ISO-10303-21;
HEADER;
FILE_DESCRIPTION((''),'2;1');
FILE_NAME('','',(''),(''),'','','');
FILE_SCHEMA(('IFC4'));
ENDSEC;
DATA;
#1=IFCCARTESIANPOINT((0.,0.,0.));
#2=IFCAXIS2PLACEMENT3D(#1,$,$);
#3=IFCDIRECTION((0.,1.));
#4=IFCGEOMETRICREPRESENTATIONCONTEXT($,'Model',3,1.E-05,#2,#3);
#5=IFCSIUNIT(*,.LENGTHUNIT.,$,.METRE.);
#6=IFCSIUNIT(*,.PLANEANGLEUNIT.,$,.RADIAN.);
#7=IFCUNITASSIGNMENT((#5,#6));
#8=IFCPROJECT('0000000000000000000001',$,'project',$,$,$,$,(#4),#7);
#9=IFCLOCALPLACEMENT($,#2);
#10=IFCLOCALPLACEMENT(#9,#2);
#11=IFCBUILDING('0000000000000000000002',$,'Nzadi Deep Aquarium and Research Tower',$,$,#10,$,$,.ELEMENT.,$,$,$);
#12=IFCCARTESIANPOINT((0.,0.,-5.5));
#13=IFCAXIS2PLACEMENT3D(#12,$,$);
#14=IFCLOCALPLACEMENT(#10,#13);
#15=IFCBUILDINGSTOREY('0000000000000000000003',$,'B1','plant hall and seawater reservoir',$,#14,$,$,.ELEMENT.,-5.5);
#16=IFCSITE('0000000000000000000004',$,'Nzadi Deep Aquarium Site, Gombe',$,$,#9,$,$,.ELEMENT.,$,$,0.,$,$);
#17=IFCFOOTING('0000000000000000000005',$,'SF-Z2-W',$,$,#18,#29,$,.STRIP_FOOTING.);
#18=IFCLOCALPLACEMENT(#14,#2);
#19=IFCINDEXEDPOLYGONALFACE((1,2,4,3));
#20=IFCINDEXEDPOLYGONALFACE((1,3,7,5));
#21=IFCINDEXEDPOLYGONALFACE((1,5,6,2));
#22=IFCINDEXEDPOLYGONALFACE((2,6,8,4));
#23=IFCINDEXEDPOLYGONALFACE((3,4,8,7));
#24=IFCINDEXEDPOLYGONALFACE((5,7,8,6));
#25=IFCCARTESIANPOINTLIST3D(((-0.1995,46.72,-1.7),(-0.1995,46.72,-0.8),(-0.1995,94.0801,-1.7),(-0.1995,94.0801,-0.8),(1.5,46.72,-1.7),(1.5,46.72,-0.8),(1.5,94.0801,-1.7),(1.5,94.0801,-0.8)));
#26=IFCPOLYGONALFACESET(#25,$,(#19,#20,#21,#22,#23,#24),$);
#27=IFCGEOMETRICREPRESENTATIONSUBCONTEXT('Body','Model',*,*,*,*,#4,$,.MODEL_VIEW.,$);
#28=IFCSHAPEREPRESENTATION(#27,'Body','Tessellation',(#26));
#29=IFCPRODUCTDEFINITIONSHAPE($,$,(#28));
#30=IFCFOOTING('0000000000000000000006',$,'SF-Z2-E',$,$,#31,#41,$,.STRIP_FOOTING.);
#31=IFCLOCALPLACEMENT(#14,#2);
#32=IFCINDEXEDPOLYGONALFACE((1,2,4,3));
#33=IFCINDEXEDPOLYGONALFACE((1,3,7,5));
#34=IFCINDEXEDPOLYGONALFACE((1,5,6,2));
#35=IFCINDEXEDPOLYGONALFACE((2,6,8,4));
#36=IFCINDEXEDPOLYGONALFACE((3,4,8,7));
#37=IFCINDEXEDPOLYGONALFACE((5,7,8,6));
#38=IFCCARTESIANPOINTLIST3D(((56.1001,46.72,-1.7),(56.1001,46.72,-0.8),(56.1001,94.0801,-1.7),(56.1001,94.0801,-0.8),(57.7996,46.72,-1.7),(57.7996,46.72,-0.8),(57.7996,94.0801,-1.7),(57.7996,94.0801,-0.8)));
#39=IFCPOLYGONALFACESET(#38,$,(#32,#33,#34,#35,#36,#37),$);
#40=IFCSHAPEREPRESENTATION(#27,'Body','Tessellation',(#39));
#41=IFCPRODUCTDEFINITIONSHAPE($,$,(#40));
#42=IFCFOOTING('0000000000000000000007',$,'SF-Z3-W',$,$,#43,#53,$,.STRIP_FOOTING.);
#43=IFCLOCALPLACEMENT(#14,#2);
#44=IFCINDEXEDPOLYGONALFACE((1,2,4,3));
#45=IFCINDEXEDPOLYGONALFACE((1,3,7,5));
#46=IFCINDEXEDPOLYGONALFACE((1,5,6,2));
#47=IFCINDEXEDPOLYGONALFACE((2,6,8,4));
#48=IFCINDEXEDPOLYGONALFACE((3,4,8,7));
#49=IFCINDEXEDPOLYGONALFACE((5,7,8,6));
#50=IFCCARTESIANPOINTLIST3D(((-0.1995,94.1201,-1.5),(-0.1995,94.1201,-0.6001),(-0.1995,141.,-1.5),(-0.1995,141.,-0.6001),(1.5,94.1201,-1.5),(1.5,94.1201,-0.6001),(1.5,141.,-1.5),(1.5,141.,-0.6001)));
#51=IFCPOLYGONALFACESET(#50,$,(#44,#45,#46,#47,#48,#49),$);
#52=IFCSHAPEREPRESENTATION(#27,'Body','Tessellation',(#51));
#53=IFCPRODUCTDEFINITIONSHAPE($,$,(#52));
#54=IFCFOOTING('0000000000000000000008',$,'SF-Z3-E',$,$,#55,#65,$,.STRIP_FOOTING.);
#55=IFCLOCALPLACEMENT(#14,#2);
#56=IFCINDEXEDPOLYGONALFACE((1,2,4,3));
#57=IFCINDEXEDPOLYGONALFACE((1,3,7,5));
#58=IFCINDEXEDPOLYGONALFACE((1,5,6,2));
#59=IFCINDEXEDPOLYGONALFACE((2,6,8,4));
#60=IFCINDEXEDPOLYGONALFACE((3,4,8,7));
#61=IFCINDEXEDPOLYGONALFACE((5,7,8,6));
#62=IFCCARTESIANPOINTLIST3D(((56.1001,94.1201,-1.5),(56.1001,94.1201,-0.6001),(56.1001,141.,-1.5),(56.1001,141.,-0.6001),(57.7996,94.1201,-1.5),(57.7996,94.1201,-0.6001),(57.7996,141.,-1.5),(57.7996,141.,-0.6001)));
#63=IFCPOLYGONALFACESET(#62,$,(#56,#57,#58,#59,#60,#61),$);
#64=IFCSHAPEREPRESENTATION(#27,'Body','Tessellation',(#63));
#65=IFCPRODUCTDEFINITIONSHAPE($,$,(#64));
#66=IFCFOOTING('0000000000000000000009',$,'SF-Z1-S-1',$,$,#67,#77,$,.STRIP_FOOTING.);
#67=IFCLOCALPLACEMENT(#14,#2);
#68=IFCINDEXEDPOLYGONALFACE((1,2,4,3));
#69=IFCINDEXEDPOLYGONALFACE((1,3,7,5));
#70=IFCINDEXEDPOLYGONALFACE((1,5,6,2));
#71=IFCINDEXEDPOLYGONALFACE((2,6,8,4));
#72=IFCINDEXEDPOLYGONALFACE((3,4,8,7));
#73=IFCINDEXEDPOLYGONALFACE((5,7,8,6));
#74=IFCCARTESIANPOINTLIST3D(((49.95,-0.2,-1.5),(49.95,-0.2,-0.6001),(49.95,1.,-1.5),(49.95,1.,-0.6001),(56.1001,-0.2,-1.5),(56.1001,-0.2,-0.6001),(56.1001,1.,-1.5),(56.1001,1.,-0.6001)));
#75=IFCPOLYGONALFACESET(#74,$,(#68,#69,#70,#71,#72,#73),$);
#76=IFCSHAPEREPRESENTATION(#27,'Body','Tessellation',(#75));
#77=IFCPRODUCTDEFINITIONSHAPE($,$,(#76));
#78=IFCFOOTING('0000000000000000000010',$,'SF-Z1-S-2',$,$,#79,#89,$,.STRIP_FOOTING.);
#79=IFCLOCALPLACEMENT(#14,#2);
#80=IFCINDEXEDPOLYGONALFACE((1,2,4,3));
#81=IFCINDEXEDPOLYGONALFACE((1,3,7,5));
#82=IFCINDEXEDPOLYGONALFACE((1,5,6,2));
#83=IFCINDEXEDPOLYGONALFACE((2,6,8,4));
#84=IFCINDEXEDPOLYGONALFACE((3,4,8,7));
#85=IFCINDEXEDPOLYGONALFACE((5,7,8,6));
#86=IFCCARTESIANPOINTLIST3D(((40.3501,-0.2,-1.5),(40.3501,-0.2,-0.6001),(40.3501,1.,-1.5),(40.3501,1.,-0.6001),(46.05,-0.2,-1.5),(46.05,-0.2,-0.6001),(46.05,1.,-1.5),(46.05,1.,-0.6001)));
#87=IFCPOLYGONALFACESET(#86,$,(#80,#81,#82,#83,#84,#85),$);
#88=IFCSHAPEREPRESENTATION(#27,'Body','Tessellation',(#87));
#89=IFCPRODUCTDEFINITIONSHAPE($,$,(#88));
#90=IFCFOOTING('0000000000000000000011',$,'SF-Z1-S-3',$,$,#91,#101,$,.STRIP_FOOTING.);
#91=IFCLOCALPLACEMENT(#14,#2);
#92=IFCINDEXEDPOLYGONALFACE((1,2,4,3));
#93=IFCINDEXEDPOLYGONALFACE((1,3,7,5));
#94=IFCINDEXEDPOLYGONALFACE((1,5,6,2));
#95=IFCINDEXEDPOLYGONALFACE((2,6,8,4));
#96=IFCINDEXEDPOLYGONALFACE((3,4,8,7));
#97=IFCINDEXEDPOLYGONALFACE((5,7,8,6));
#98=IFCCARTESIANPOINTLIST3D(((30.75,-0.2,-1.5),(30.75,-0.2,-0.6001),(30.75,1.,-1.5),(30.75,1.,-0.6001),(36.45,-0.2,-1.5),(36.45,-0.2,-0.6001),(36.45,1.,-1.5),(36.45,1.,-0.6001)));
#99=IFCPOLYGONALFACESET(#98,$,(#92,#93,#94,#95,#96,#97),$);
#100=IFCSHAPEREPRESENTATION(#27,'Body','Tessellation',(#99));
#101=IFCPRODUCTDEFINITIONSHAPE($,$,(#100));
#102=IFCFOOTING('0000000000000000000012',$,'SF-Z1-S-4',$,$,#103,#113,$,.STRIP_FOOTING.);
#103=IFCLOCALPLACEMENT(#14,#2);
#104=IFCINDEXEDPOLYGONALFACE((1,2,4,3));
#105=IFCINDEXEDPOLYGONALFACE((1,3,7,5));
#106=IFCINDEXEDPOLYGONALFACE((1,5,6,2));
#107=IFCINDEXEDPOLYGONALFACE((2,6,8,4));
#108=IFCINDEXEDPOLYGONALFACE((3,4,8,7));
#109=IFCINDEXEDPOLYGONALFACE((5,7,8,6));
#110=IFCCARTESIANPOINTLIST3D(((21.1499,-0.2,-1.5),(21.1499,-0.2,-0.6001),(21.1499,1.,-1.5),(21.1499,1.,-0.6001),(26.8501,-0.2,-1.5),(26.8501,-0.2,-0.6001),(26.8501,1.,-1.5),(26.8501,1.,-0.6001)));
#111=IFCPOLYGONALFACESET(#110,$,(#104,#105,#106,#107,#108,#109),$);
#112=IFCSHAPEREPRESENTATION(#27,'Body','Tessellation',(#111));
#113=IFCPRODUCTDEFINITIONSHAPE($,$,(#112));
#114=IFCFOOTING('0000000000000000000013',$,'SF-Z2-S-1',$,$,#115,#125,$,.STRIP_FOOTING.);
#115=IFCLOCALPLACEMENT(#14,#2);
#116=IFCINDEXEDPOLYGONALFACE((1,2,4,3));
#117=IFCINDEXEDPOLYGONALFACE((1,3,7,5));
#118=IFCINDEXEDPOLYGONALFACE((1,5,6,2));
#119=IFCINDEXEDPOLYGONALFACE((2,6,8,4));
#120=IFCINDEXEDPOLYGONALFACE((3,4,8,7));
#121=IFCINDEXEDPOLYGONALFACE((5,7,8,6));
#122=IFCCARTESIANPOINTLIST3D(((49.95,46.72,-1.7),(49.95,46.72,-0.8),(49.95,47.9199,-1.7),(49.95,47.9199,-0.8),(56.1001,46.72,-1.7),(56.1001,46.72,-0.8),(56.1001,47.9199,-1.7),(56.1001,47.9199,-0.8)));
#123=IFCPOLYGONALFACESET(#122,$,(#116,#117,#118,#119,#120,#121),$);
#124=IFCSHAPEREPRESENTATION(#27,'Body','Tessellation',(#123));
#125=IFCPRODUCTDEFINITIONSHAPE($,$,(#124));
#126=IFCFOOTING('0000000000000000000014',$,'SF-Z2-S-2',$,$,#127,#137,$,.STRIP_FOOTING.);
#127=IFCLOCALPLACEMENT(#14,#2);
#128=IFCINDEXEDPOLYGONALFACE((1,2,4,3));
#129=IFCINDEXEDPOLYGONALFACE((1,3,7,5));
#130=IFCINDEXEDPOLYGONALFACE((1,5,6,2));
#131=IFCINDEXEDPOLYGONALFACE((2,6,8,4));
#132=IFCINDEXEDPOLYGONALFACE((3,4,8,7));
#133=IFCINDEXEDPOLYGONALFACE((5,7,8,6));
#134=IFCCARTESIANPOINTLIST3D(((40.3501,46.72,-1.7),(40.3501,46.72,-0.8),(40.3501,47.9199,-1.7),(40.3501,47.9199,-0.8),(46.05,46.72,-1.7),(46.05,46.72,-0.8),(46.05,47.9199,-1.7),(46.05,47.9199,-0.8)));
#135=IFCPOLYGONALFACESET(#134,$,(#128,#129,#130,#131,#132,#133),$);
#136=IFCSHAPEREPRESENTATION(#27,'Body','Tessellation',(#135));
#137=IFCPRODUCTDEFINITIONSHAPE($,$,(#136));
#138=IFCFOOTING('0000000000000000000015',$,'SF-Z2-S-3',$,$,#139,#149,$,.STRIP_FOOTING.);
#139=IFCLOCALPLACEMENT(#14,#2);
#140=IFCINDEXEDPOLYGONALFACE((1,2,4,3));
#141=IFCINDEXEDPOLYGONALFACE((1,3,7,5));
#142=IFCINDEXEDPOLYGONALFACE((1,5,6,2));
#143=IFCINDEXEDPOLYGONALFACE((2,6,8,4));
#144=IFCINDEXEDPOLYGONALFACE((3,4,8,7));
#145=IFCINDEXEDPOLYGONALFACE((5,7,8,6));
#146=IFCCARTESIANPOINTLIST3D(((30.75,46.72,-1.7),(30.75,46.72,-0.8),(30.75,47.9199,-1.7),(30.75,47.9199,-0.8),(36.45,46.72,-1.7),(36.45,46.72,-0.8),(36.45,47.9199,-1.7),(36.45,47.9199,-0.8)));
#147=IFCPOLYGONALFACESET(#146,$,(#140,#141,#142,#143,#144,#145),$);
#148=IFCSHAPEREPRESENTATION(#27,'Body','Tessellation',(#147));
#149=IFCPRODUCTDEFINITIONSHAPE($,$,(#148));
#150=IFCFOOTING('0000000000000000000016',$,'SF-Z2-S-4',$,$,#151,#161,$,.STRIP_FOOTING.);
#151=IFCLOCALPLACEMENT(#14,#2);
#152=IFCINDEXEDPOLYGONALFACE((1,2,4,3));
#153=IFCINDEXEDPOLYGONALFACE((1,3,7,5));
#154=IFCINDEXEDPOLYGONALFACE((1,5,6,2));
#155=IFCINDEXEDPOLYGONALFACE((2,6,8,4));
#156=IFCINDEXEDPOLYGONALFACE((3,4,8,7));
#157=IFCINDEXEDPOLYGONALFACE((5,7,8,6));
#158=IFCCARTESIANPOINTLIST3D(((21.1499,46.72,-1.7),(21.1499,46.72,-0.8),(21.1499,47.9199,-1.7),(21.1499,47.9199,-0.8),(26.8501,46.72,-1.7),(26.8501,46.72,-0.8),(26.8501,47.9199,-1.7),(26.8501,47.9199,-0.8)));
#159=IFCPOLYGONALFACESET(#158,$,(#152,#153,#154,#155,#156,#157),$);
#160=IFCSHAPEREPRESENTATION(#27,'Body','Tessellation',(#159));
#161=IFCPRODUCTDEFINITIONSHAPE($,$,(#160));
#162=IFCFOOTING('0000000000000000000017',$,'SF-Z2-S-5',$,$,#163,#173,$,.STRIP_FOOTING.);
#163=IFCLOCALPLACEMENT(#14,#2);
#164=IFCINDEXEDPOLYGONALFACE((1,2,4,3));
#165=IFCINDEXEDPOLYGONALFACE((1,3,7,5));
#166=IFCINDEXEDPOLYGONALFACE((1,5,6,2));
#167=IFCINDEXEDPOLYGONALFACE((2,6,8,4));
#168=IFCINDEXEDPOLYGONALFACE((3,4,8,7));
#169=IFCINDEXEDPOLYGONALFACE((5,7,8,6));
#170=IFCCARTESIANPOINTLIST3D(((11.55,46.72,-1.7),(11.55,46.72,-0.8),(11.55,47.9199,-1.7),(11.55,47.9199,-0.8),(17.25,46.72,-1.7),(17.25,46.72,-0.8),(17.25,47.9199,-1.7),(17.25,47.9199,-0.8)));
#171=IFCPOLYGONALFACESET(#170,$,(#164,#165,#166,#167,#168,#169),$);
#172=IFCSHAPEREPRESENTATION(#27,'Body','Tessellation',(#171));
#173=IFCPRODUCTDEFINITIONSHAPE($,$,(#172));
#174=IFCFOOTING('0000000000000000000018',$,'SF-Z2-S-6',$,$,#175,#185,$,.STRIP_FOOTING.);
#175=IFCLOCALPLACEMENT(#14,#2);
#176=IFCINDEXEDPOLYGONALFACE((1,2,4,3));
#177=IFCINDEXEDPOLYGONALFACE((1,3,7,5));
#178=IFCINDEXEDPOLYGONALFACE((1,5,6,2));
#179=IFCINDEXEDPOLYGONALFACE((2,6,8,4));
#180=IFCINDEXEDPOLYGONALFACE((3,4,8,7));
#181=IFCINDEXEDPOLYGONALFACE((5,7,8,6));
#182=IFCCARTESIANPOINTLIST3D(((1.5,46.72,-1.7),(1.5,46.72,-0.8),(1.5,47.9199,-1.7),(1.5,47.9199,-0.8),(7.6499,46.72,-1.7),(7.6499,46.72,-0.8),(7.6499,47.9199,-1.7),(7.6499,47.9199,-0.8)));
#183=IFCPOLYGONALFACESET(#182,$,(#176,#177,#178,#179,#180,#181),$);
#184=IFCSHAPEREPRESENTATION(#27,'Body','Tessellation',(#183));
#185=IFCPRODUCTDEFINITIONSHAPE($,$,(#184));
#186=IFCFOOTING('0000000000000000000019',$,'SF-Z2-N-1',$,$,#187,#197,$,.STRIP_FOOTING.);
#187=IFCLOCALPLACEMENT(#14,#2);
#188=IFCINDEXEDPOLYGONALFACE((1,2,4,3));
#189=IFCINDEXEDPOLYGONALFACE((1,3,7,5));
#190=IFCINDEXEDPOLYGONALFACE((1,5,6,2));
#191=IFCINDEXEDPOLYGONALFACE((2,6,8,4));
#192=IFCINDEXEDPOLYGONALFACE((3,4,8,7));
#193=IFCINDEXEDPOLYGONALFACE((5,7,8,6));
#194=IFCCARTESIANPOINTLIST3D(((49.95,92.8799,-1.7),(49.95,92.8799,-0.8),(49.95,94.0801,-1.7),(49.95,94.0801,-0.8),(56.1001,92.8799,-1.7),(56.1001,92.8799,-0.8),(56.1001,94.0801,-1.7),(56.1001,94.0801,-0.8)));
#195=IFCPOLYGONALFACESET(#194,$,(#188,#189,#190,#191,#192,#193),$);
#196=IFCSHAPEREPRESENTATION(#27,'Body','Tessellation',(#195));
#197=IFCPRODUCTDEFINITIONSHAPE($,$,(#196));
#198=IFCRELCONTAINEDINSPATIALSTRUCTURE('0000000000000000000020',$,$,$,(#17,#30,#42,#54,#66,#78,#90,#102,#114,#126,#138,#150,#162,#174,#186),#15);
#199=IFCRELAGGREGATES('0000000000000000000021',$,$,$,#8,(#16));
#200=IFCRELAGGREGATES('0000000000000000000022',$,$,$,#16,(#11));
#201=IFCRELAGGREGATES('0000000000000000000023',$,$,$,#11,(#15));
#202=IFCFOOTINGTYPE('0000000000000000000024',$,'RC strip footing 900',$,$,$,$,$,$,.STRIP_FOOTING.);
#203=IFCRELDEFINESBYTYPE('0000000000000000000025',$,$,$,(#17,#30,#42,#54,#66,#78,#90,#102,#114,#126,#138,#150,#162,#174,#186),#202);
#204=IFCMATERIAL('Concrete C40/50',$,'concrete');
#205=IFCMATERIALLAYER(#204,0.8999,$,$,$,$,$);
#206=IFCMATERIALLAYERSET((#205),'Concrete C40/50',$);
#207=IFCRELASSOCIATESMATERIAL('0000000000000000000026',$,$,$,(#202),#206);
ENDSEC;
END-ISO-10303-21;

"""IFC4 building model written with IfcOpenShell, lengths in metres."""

from ifc_helpers import new_model, si_unit, direction, frame, origin, place, context, subcontext, project, spatial, polyline, outline, extrude, material, layer, layer_set, type_object, element, save


model = new_model("IFC4")

# Units and contexts
model_context = context("Model", 3, precision=1e-05, world=origin(), true_north=direction((0.0, 1.0)))
body_context = subcontext(model_context, "Body", "Model", "MODEL_VIEW")
ifc_project = project(units=[si_unit("LENGTHUNIT", "METRE"), si_unit("PLANEANGLEUNIT", "RADIAN")], contexts=[model_context])

# Site, building, storey
site_placement = place(None, origin())
site = spatial("IfcSite", under=ifc_project, at=site_placement, Name="Nzadi Deep Aquarium Site, Gombe", CompositionType="ELEMENT", RefElevation=0.0)
building_placement = place(site_placement, origin())
building = spatial("IfcBuilding", under=site, at=building_placement, Name="Nzadi Deep Aquarium and Research Tower", CompositionType="ELEMENT")
storey_placement = place(building_placement, frame((0.0, 0.0, -5.5)))
storey = spatial("IfcBuildingStorey", under=building, at=storey_placement, Name="B1", Description="plant hall and seawater reservoir", CompositionType="ELEMENT", Elevation=-5.5)

# Footings
ifc_material_1 = material(Name="Concrete C40/50", Category="concrete")
ifc_layer_1 = layer(ifc_material_1, 0.8999)
ifc_layer_set_1 = layer_set([ifc_layer_1], Name="Concrete C40/50")
footing_type_1 = type_object("IfcFootingType", Name="RC strip footing 900", PredefinedType="STRIP_FOOTING", material=ifc_layer_set_1)
footing_1_placement = place(storey_placement, frame((0.0, 0.0, -1.7)))
element("IfcFooting", 1, at=footing_1_placement, inside=storey, type_object=footing_type_1, Name="SF-Z2-W", PredefinedType="STRIP_FOOTING", context=body_context, shape_type="SweptSolid", body=[
    extrude(outline(polyline([(1.5, 46.72), (1.5, 94.0801), (-0.1995, 94.0801), (-0.1995, 46.72), (1.5, 46.72)])), origin(), (0.0, 0.0, 1.0), 0.8999),
])
footing_2_placement = place(storey_placement, frame((0.0, 0.0, -1.7)))
element("IfcFooting", 2, at=footing_2_placement, inside=storey, type_object=footing_type_1, Name="SF-Z2-E", PredefinedType="STRIP_FOOTING", context=body_context, shape_type="SweptSolid", body=[
    extrude(outline(polyline([(57.7996, 46.72), (57.7996, 94.0801), (56.1001, 94.0801), (56.1001, 46.72), (57.7996, 46.72)])), origin(), (0.0, 0.0, 1.0), 0.8999),
])
footing_3_placement = place(storey_placement, frame((0.0, 0.0, -1.5)))
element("IfcFooting", 3, at=footing_3_placement, inside=storey, type_object=footing_type_1, Name="SF-Z3-W", PredefinedType="STRIP_FOOTING", context=body_context, shape_type="SweptSolid", body=[
    extrude(outline(polyline([(1.5, 94.1201), (1.5, 141.0), (-0.1995, 141.0), (-0.1995, 94.1201), (1.5, 94.1201)])), origin(), (0.0, 0.0, 1.0), 0.8999),
])
footing_4_placement = place(storey_placement, frame((0.0, 0.0, -1.5)))
element("IfcFooting", 4, at=footing_4_placement, inside=storey, type_object=footing_type_1, Name="SF-Z3-E", PredefinedType="STRIP_FOOTING", context=body_context, shape_type="SweptSolid", body=[
    extrude(outline(polyline([(57.7996, 94.1201), (57.7996, 141.0), (56.1001, 141.0), (56.1001, 94.1201), (57.7996, 94.1201)])), origin(), (0.0, 0.0, 1.0), 0.8999),
])
footing_5_placement = place(storey_placement, frame((0.0, 0.0, -1.5)))
element("IfcFooting", 5, at=footing_5_placement, inside=storey, type_object=footing_type_1, Name="SF-Z1-S-1", PredefinedType="STRIP_FOOTING", context=body_context, shape_type="SweptSolid", body=[
    extrude(outline(polyline([(56.1001, 1.0), (49.95, 1.0), (49.95, -0.2), (56.1001, -0.2), (56.1001, 1.0)])), origin(), (0.0, 0.0, 1.0), 0.8999),
])
footing_6_placement = place(storey_placement, frame((0.0, 0.0, -1.5)))
element("IfcFooting", 6, at=footing_6_placement, inside=storey, type_object=footing_type_1, Name="SF-Z1-S-2", PredefinedType="STRIP_FOOTING", context=body_context, shape_type="SweptSolid", body=[
    extrude(outline(polyline([(46.05, 1.0), (40.3501, 1.0), (40.3501, -0.2), (46.05, -0.2), (46.05, 1.0)])), origin(), (0.0, 0.0, 1.0), 0.8999),
])
footing_7_placement = place(storey_placement, frame((0.0, 0.0, -1.5)))
element("IfcFooting", 7, at=footing_7_placement, inside=storey, type_object=footing_type_1, Name="SF-Z1-S-3", PredefinedType="STRIP_FOOTING", context=body_context, shape_type="SweptSolid", body=[
    extrude(outline(polyline([(36.45, 1.0), (30.75, 1.0), (30.75, -0.2), (36.45, -0.2), (36.45, 1.0)])), origin(), (0.0, 0.0, 1.0), 0.8999),
])
footing_8_placement = place(storey_placement, frame((0.0, 0.0, -1.5)))
element("IfcFooting", 8, at=footing_8_placement, inside=storey, type_object=footing_type_1, Name="SF-Z1-S-4", PredefinedType="STRIP_FOOTING", context=body_context, shape_type="SweptSolid", body=[
    extrude(outline(polyline([(26.8501, 1.0), (21.1499, 1.0), (21.1499, -0.2), (26.8501, -0.2), (26.8501, 1.0)])), origin(), (0.0, 0.0, 1.0), 0.8999),
])
footing_9_placement = place(storey_placement, frame((0.0, 0.0, -1.7)))
element("IfcFooting", 9, at=footing_9_placement, inside=storey, type_object=footing_type_1, Name="SF-Z2-S-1", PredefinedType="STRIP_FOOTING", context=body_context, shape_type="SweptSolid", body=[
    extrude(outline(polyline([(56.1001, 47.9199), (49.95, 47.9199), (49.95, 46.72), (56.1001, 46.72), (56.1001, 47.9199)])), origin(), (0.0, 0.0, 1.0), 0.8999),
])
footing_10_placement = place(storey_placement, frame((0.0, 0.0, -1.7)))
element("IfcFooting", 10, at=footing_10_placement, inside=storey, type_object=footing_type_1, Name="SF-Z2-S-2", PredefinedType="STRIP_FOOTING", context=body_context, shape_type="SweptSolid", body=[
    extrude(outline(polyline([(46.05, 47.9199), (40.3501, 47.9199), (40.3501, 46.72), (46.05, 46.72), (46.05, 47.9199)])), origin(), (0.0, 0.0, 1.0), 0.8999),
])
footing_11_placement = place(storey_placement, frame((0.0, 0.0, -1.7)))
element("IfcFooting", 11, at=footing_11_placement, inside=storey, type_object=footing_type_1, Name="SF-Z2-S-3", PredefinedType="STRIP_FOOTING", context=body_context, shape_type="SweptSolid", body=[
    extrude(outline(polyline([(36.45, 47.9199), (30.75, 47.9199), (30.75, 46.72), (36.45, 46.72), (36.45, 47.9199)])), origin(), (0.0, 0.0, 1.0), 0.8999),
])
footing_12_placement = place(storey_placement, frame((0.0, 0.0, -1.7)))
element("IfcFooting", 12, at=footing_12_placement, inside=storey, type_object=footing_type_1, Name="SF-Z2-S-4", PredefinedType="STRIP_FOOTING", context=body_context, shape_type="SweptSolid", body=[
    extrude(outline(polyline([(26.8501, 47.9199), (21.1499, 47.9199), (21.1499, 46.72), (26.8501, 46.72), (26.8501, 47.9199)])), origin(), (0.0, 0.0, 1.0), 0.8999),
])
footing_13_placement = place(storey_placement, frame((0.0, 0.0, -1.7)))
element("IfcFooting", 13, at=footing_13_placement, inside=storey, type_object=footing_type_1, Name="SF-Z2-S-5", PredefinedType="STRIP_FOOTING", context=body_context, shape_type="SweptSolid", body=[
    extrude(outline(polyline([(17.25, 47.9199), (11.55, 47.9199), (11.55, 46.72), (17.25, 46.72), (17.25, 47.9199)])), origin(), (0.0, 0.0, 1.0), 0.8999),
])
footing_14_placement = place(storey_placement, frame((0.0, 0.0, -1.7)))
element("IfcFooting", 14, at=footing_14_placement, inside=storey, type_object=footing_type_1, Name="SF-Z2-S-6", PredefinedType="STRIP_FOOTING", context=body_context, shape_type="SweptSolid", body=[
    extrude(outline(polyline([(1.5, 46.72), (7.6499, 46.72), (7.6499, 47.9199), (1.5, 47.9199), (1.5, 46.72)])), origin(), (0.0, 0.0, 1.0), 0.8999),
])
footing_15_placement = place(storey_placement, frame((0.0, 0.0, -1.7)))
element("IfcFooting", 15, at=footing_15_placement, inside=storey, type_object=footing_type_1, Name="SF-Z2-N-1", PredefinedType="STRIP_FOOTING", context=body_context, shape_type="SweptSolid", body=[
    extrude(outline(polyline([(56.1001, 94.0801), (49.95, 94.0801), (49.95, 92.8799), (56.1001, 92.8799), (56.1001, 94.0801)])), origin(), (0.0, 0.0, 1.0), 0.8999),
])

save(model, "model.ifc")
